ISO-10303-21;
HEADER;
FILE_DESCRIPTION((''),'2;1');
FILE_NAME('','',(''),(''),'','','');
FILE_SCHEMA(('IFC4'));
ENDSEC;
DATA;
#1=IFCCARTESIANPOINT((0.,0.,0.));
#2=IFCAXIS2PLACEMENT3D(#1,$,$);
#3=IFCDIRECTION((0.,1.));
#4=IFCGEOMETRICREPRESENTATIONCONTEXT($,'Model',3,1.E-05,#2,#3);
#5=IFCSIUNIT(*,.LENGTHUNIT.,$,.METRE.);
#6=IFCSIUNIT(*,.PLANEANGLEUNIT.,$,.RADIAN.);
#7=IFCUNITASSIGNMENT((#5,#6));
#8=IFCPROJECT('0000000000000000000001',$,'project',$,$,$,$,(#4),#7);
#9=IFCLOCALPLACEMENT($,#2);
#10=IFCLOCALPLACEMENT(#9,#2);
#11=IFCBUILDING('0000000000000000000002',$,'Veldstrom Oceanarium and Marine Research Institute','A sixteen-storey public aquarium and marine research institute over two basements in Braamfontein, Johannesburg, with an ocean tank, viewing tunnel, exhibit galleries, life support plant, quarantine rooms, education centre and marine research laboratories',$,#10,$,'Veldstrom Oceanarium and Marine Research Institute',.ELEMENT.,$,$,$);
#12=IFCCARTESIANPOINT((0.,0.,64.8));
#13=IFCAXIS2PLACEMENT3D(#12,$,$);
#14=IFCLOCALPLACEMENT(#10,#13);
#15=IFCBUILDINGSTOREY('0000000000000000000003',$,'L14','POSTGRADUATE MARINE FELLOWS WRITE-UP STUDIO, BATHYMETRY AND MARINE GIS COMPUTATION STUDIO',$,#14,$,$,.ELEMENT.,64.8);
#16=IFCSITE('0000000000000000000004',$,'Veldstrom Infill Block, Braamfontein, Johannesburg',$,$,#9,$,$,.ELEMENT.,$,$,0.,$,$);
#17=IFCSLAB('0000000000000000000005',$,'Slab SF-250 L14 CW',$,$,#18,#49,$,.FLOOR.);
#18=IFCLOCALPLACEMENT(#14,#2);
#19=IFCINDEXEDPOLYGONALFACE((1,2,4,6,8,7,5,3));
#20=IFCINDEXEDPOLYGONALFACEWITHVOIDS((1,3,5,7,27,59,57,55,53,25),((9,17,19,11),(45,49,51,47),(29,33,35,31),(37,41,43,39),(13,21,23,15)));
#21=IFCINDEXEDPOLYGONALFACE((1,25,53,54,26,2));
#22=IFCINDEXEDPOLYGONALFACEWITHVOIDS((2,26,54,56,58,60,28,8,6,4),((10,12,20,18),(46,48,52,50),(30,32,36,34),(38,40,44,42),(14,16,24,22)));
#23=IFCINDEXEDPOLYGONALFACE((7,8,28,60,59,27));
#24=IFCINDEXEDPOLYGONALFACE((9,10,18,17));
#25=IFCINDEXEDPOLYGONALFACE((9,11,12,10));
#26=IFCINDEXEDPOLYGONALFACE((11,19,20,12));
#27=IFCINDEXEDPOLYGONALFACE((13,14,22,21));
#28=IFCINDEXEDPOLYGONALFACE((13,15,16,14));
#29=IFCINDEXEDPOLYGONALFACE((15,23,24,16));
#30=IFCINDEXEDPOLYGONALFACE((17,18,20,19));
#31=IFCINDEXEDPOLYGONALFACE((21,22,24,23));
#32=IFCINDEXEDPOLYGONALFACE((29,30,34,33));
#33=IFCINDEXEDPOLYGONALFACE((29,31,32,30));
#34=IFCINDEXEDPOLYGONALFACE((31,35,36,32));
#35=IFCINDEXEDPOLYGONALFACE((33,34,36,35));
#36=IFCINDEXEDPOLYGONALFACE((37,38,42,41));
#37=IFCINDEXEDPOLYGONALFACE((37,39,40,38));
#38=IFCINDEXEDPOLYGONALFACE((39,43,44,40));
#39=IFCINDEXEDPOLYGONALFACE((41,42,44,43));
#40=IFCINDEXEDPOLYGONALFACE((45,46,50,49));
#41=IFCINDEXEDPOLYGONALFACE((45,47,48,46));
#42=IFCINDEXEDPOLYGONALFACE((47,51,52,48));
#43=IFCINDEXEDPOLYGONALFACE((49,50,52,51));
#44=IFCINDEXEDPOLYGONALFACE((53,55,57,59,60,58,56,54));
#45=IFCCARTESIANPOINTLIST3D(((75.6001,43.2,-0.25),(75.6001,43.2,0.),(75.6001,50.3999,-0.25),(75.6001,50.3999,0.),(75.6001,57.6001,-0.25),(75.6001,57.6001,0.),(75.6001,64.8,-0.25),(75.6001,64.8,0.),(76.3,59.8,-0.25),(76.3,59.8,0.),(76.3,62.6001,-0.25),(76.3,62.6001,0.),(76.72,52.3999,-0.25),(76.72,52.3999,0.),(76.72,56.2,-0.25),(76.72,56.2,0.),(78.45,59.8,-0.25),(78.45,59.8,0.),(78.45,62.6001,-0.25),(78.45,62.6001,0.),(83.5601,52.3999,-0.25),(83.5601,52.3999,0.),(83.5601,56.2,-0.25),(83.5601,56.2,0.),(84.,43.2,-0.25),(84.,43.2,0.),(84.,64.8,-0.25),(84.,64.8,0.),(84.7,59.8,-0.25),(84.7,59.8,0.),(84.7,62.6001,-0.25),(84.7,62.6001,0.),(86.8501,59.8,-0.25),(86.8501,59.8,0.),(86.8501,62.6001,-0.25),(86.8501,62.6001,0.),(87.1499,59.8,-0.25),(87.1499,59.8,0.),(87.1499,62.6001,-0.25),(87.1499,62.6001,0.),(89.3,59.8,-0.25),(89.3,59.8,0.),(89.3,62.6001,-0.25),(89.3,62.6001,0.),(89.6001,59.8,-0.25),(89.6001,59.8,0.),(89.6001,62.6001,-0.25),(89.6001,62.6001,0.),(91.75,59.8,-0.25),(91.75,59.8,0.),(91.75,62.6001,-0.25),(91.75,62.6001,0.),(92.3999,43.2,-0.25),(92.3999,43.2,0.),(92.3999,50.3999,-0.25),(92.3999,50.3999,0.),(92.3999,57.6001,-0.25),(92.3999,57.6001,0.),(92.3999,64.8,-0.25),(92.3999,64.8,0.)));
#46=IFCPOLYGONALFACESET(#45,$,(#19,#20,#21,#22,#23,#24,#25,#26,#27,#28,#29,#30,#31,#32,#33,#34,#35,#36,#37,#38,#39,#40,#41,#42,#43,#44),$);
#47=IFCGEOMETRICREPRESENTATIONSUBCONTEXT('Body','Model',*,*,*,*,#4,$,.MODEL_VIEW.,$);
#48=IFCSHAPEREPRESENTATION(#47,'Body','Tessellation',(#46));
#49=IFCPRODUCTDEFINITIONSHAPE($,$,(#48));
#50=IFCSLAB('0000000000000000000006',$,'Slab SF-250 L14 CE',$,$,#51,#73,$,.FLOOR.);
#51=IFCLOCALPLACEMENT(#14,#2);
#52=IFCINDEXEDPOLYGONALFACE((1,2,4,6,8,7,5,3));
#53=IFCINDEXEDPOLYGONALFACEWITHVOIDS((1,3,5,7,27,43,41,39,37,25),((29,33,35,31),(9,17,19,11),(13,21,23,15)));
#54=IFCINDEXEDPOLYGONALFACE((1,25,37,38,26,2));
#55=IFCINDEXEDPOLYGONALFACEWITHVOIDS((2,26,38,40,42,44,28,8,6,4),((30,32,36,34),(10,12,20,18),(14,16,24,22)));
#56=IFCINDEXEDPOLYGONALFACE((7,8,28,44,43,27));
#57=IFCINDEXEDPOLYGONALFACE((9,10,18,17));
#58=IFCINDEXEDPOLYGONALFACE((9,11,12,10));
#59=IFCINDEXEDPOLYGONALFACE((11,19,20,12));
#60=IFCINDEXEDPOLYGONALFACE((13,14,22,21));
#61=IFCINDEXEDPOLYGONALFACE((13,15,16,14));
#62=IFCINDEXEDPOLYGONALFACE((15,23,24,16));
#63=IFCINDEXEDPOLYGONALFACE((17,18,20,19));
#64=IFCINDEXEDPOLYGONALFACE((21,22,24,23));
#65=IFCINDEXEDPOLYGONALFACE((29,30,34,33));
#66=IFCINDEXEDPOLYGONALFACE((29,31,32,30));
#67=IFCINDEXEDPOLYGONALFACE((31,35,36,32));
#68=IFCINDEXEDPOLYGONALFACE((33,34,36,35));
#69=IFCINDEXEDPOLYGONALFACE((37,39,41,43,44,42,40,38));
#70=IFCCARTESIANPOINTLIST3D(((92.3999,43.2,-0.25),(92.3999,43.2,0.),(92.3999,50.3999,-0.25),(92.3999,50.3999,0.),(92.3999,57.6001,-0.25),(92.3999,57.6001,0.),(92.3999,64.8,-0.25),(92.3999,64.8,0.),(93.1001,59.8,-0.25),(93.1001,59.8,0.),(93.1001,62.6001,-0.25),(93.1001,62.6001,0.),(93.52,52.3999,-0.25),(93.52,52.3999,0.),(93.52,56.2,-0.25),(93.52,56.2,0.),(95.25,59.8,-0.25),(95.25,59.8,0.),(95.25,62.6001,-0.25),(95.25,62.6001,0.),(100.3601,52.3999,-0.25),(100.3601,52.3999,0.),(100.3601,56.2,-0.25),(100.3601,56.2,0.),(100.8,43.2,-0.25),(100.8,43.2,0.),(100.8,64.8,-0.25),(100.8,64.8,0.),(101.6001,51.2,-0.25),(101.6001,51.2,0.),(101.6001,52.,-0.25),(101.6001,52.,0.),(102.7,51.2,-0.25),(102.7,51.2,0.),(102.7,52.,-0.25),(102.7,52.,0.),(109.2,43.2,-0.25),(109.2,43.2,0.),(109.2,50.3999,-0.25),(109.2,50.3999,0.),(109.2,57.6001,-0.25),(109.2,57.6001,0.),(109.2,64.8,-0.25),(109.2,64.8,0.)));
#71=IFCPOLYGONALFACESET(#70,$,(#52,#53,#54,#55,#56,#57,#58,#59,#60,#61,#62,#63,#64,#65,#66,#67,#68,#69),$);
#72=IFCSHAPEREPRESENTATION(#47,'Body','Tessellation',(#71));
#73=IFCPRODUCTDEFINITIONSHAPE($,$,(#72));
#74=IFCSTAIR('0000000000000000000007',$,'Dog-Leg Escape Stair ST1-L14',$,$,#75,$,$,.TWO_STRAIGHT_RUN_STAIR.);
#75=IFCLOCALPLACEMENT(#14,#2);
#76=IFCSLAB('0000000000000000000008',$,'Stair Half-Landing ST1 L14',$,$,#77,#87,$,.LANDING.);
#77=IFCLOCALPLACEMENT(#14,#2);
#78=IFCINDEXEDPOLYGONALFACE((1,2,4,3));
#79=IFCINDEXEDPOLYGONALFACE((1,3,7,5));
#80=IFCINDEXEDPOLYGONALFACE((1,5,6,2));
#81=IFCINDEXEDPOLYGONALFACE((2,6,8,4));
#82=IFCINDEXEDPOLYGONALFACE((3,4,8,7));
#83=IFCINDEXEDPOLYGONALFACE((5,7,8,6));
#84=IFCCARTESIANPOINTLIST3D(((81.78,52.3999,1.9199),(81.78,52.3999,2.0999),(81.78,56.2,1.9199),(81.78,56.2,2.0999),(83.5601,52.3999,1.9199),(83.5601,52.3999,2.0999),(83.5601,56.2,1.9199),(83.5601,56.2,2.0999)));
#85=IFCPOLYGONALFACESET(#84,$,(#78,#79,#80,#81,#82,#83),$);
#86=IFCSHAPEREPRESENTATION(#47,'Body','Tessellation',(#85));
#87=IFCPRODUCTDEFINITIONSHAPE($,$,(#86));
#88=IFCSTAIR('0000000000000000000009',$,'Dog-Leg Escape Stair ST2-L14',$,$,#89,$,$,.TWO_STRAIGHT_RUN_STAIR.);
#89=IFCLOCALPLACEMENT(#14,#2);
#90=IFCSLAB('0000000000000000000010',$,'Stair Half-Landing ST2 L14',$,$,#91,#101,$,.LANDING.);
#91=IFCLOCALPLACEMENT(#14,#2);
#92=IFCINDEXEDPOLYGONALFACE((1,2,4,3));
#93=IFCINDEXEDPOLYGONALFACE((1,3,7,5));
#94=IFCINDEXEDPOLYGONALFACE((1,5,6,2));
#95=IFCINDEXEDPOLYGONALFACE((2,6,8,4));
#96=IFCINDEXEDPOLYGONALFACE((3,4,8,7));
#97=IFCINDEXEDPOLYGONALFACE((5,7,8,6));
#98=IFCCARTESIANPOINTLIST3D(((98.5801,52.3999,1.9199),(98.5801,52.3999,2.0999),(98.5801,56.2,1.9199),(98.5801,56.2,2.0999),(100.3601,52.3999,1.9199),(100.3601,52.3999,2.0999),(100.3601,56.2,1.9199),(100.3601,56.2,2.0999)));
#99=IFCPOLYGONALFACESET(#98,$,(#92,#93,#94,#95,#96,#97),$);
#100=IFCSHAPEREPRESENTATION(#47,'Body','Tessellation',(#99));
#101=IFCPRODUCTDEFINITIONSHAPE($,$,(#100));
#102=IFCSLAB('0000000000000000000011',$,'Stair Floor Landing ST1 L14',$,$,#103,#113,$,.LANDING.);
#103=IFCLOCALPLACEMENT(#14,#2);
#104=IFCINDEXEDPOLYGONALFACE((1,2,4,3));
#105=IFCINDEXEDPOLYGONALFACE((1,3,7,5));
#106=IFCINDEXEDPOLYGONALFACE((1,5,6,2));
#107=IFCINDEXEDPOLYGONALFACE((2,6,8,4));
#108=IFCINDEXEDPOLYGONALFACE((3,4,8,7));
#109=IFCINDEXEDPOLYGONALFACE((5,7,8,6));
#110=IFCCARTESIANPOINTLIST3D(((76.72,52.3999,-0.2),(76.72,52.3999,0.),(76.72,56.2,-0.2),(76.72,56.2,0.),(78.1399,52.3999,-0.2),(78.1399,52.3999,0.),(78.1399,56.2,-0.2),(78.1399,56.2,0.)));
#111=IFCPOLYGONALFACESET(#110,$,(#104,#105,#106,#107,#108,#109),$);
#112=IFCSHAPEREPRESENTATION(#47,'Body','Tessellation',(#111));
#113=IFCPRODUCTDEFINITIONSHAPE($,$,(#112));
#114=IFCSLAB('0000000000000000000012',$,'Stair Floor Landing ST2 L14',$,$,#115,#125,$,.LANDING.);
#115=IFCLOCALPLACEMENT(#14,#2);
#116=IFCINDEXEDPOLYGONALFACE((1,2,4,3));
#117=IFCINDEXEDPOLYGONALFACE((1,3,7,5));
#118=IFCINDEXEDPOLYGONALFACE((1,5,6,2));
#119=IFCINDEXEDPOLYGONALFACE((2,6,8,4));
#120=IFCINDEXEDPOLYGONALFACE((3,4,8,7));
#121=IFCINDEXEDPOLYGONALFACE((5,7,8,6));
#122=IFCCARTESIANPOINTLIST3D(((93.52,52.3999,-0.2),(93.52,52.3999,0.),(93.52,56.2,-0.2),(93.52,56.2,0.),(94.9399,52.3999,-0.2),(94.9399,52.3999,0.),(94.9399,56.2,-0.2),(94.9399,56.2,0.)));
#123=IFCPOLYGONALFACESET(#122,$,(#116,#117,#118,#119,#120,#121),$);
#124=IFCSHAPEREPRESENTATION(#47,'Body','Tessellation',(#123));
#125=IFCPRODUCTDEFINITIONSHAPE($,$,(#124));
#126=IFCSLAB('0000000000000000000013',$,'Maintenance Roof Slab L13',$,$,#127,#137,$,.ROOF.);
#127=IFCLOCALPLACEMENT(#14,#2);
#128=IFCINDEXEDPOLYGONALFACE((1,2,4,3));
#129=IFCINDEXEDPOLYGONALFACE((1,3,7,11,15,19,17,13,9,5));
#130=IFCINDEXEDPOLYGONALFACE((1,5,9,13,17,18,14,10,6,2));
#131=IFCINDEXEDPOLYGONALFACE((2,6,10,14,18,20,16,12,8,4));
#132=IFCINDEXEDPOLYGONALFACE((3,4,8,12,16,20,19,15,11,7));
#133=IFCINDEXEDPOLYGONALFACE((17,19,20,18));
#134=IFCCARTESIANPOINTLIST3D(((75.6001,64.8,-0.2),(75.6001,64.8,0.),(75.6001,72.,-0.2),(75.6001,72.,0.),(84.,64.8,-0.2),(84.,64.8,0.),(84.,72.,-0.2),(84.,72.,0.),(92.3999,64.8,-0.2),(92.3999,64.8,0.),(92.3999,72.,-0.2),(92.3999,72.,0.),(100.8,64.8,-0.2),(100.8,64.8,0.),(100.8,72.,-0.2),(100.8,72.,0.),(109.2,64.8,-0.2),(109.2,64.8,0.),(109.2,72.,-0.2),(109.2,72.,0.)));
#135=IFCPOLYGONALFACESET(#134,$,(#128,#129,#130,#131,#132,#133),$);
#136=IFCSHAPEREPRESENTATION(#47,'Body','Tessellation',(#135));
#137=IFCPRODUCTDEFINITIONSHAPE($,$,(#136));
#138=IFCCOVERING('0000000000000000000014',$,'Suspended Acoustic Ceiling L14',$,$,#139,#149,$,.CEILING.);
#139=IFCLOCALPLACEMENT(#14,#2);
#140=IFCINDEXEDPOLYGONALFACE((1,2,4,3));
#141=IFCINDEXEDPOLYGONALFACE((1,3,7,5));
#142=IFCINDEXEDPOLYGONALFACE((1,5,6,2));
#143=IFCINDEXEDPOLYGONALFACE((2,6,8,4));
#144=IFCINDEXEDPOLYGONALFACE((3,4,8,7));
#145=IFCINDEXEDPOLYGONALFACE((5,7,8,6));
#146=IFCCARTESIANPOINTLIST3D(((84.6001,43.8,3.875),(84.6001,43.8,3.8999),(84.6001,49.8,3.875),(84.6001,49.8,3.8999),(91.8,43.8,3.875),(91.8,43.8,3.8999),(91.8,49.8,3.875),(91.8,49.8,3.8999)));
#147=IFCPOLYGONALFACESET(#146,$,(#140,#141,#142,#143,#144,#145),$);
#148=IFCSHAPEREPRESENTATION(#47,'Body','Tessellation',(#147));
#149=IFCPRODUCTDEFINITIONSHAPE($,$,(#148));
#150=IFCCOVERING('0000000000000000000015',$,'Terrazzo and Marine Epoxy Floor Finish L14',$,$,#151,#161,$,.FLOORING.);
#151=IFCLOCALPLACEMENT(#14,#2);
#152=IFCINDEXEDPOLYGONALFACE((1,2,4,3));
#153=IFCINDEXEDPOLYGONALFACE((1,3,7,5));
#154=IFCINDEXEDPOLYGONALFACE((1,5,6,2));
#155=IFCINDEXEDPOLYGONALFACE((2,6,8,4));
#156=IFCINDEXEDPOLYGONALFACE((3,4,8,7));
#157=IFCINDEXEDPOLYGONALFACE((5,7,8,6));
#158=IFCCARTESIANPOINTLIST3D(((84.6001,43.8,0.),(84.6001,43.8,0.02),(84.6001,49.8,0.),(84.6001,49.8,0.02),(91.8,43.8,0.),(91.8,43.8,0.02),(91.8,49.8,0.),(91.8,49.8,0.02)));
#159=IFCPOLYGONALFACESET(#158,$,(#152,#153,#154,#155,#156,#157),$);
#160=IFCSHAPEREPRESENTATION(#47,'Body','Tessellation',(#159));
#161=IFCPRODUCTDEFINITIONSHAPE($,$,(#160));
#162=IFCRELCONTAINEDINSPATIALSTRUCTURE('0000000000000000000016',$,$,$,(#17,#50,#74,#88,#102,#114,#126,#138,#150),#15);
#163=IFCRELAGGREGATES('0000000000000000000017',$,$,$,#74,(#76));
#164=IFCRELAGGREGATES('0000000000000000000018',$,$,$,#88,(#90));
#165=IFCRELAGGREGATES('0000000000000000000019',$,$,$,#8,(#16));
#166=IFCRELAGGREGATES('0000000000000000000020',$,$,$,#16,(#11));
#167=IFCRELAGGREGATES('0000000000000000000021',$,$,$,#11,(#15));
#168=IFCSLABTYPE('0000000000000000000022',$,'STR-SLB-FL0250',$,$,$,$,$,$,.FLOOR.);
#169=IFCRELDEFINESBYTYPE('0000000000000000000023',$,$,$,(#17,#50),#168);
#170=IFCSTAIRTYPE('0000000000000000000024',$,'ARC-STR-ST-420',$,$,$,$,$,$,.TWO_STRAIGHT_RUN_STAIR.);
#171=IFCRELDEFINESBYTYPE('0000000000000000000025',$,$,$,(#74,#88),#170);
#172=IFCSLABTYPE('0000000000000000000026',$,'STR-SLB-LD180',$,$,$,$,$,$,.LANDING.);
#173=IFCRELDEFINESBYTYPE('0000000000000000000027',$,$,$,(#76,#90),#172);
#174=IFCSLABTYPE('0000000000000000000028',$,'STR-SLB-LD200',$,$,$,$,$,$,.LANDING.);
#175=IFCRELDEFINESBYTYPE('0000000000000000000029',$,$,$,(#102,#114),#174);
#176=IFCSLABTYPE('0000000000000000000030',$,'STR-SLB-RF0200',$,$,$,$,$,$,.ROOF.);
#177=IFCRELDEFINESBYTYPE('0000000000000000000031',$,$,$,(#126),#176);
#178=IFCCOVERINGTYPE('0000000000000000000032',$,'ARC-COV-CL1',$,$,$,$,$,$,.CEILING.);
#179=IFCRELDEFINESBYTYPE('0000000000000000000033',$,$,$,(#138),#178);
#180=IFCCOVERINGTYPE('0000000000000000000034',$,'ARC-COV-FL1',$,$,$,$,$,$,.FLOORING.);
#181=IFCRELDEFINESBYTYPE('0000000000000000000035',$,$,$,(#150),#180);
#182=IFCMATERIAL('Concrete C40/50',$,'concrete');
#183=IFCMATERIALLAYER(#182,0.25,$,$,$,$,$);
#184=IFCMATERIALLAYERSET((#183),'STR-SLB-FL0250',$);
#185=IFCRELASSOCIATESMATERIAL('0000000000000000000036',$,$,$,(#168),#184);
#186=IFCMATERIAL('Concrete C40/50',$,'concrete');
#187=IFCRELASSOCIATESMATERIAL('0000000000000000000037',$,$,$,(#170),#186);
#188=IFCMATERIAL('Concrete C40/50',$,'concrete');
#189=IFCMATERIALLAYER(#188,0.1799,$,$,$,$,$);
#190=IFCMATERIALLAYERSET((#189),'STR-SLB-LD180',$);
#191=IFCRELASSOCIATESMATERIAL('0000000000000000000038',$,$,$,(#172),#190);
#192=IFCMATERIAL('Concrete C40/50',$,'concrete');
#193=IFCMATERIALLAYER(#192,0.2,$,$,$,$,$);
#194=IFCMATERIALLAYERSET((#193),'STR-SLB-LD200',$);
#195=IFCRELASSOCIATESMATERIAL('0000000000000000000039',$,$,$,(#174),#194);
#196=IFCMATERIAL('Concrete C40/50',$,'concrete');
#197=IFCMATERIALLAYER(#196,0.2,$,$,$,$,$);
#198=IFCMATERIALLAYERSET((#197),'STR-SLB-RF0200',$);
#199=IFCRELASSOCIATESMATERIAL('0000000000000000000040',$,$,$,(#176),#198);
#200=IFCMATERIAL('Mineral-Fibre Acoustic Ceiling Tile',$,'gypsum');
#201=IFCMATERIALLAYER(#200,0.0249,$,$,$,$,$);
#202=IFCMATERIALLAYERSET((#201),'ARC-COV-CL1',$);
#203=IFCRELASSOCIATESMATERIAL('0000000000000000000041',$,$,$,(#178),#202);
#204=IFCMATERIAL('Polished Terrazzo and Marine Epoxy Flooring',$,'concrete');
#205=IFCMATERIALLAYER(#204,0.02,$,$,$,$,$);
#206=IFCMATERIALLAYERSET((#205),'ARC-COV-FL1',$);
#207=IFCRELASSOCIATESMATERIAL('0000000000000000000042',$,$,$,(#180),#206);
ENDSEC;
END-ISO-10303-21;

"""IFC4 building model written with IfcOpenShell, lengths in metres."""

from ifc_helpers import new_model, si_unit, direction, frame, origin, place, context, subcontext, project, spatial, polyline, outline, extrude, material, layer, layer_set, type_object, element, aggregate, save


model = new_model("IFC4")

# Units and contexts
model_context = context("Model", 3, precision=1e-05, world=origin(), true_north=direction((0.0, 1.0)))
body_context = subcontext(model_context, "Body", "Model", "MODEL_VIEW")
ifc_project = project(units=[si_unit("LENGTHUNIT", "METRE"), si_unit("PLANEANGLEUNIT", "RADIAN")], contexts=[model_context])

# Site, building, storey
site_placement = place(None, origin())
site = spatial("IfcSite", under=ifc_project, at=site_placement, Name="Veldstrom Infill Block, Braamfontein, Johannesburg", CompositionType="ELEMENT", RefElevation=0.0)
building_placement = place(site_placement, origin())
building = spatial("IfcBuilding", under=site, at=building_placement, Name="Veldstrom Oceanarium and Marine Research Institute", Description="A sixteen-storey public aquarium and marine research institute over two basements in Braamfontein, Johannesburg, with an ocean tank, viewing tunnel, exhibit galleries, life support plant, quarantine rooms, education centre and marine research laboratories", LongName="Veldstrom Oceanarium and Marine Research Institute", CompositionType="ELEMENT")
storey_placement = place(building_placement, frame((0.0, 0.0, 64.8)))
storey = spatial("IfcBuildingStorey", under=building, at=storey_placement, Name="L14", Description="POSTGRADUATE MARINE FELLOWS WRITE-UP STUDIO, BATHYMETRY AND MARINE GIS COMPUTATION STUDIO", CompositionType="ELEMENT", Elevation=64.8)

# Slabs
ifc_material_1 = material(Name="Concrete C40/50", Category="concrete")
ifc_layer_1 = layer(ifc_material_1, 0.25)
ifc_layer_set_1 = layer_set([ifc_layer_1], Name="STR-SLB-FL0250")
slab_type_1 = type_object("IfcSlabType", Name="STR-SLB-FL0250", PredefinedType="FLOOR", material=ifc_layer_set_1)
slab_1_placement = place(storey_placement, frame((0.0, 0.0, -0.25)))
element("IfcSlab", 1, at=slab_1_placement, inside=storey, type_object=slab_type_1, Name="Slab SF-250 L14 CW", PredefinedType="FLOOR", context=body_context, shape_type="SweptSolid", body=[
    extrude(outline(polyline([(92.3999, 43.2), (84.0, 43.2), (75.6001, 43.2), (75.6001, 50.3999), (75.6001, 57.6001), (75.6001, 64.8), (84.0, 64.8), (92.3999, 64.8), (92.3999, 57.6001), (92.3999, 50.3999), (92.3999, 43.2)]), holes=[polyline([(76.72, 52.3999), (83.5601, 52.3999), (83.5601, 56.2), (76.72, 56.2), (76.72, 52.3999)]), polyline([(78.45, 62.6001), (76.3, 62.6001), (76.3, 59.8), (78.45, 59.8), (78.45, 62.6001)]), polyline([(84.7, 59.8), (86.8501, 59.8), (86.8501, 62.6001), (84.7, 62.6001), (84.7, 59.8)]), polyline([(87.1499, 62.6001), (87.1499, 59.8), (89.3, 59.8), (89.3, 62.6001), (87.1499, 62.6001)]), polyline([(91.75, 62.6001), (89.6001, 62.6001), (89.6001, 59.8), (91.75, 59.8), (91.75, 62.6001)])]), origin(), (0.0, 0.0, 1.0), 0.25),
])
slab_2_placement = place(storey_placement, frame((0.0, 0.0, -0.25)))
element("IfcSlab", 2, at=slab_2_placement, inside=storey, type_object=slab_type_1, Name="Slab SF-250 L14 CE", PredefinedType="FLOOR", context=body_context, shape_type="SweptSolid", body=[
    extrude(outline(polyline([(100.8, 43.2), (92.3999, 43.2), (92.3999, 50.3999), (92.3999, 57.6001), (92.3999, 64.8), (100.8, 64.8), (109.2, 64.8), (109.2, 57.6001), (109.2, 50.3999), (109.2, 43.2), (100.8, 43.2)]), holes=[polyline([(93.52, 52.3999), (100.3601, 52.3999), (100.3601, 56.2), (93.52, 56.2), (93.52, 52.3999)]), polyline([(95.25, 62.6001), (93.1001, 62.6001), (93.1001, 59.8), (95.25, 59.8), (95.25, 62.6001)]), polyline([(102.7, 52.0), (101.6001, 52.0), (101.6001, 51.2), (102.7, 51.2), (102.7, 52.0)])]), origin(), (0.0, 0.0, 1.0), 0.25),
])

# Stairs, slabs
ifc_material_2 = material(Name="Concrete C40/50", Category="concrete")
stair_type = type_object("IfcStairType", Name="ARC-STR-ST-420", PredefinedType="TWO_STRAIGHT_RUN_STAIR", material=ifc_material_2)
stair_1_placement = place(storey_placement, origin())
stair_1 = element("IfcStair", 3, at=stair_1_placement, inside=storey, type_object=stair_type, Name="Dog-Leg Escape Stair ST1-L14", PredefinedType="TWO_STRAIGHT_RUN_STAIR")
ifc_material_3 = material(Name="Concrete C40/50", Category="concrete")
ifc_layer_2 = layer(ifc_material_3, 0.1799)
ifc_layer_set_2 = layer_set([ifc_layer_2], Name="STR-SLB-LD180")
slab_type_2 = type_object("IfcSlabType", Name="STR-SLB-LD180", PredefinedType="LANDING", material=ifc_layer_set_2)
slab_3_placement = place(storey_placement, frame((0.0, 0.0, 1.9199)))
slab_3 = element("IfcSlab", 4, at=slab_3_placement, type_object=slab_type_2, Name="Stair Half-Landing ST1 L14", PredefinedType="LANDING", context=body_context, shape_type="SweptSolid", body=[
    extrude(outline(polyline([(81.78, 52.3999), (83.5601, 52.3999), (83.5601, 56.2), (81.78, 56.2), (81.78, 52.3999)])), origin(), (0.0, 0.0, 1.0), 0.1799),
])
aggregate(stair_1, [slab_3])
stair_2_placement = place(storey_placement, origin())
stair_2 = element("IfcStair", 5, at=stair_2_placement, inside=storey, type_object=stair_type, Name="Dog-Leg Escape Stair ST2-L14", PredefinedType="TWO_STRAIGHT_RUN_STAIR")
slab_4_placement = place(storey_placement, frame((0.0, 0.0, 1.9199)))
slab_4 = element("IfcSlab", 6, at=slab_4_placement, type_object=slab_type_2, Name="Stair Half-Landing ST2 L14", PredefinedType="LANDING", context=body_context, shape_type="SweptSolid", body=[
    extrude(outline(polyline([(98.5801, 52.3999), (100.3601, 52.3999), (100.3601, 56.2), (98.5801, 56.2), (98.5801, 52.3999)])), origin(), (0.0, 0.0, 1.0), 0.1799),
])
aggregate(stair_2, [slab_4])

# Slabs
ifc_material_4 = material(Name="Concrete C40/50", Category="concrete")
ifc_layer_3 = layer(ifc_material_4, 0.2)
ifc_layer_set_3 = layer_set([ifc_layer_3], Name="STR-SLB-LD200")
slab_type_3 = type_object("IfcSlabType", Name="STR-SLB-LD200", PredefinedType="LANDING", material=ifc_layer_set_3)
slab_5_placement = place(storey_placement, frame((0.0, 0.0, -0.2)))
element("IfcSlab", 7, at=slab_5_placement, inside=storey, type_object=slab_type_3, Name="Stair Floor Landing ST1 L14", PredefinedType="LANDING", context=body_context, shape_type="SweptSolid", body=[
    extrude(outline(polyline([(76.72, 52.3999), (78.1399, 52.3999), (78.1399, 56.2), (76.72, 56.2), (76.72, 52.3999)])), origin(), (0.0, 0.0, 1.0), 0.2),
])
slab_6_placement = place(storey_placement, frame((0.0, 0.0, -0.2)))
element("IfcSlab", 8, at=slab_6_placement, inside=storey, type_object=slab_type_3, Name="Stair Floor Landing ST2 L14", PredefinedType="LANDING", context=body_context, shape_type="SweptSolid", body=[
    extrude(outline(polyline([(93.52, 52.3999), (94.9399, 52.3999), (94.9399, 56.2), (93.52, 56.2), (93.52, 52.3999)])), origin(), (0.0, 0.0, 1.0), 0.2),
])
ifc_material_5 = material(Name="Concrete C40/50", Category="concrete")
ifc_layer_4 = layer(ifc_material_5, 0.2)
ifc_layer_set_4 = layer_set([ifc_layer_4], Name="STR-SLB-RF0200")
slab_type_4 = type_object("IfcSlabType", Name="STR-SLB-RF0200", PredefinedType="ROOF", material=ifc_layer_set_4)
slab_7_placement = place(storey_placement, frame((0.0, 0.0, -0.2)))
element("IfcSlab", 9, at=slab_7_placement, inside=storey, type_object=slab_type_4, Name="Maintenance Roof Slab L13", PredefinedType="ROOF", context=body_context, shape_type="SweptSolid", body=[
    extrude(outline(polyline([(75.6001, 72.0), (84.0, 72.0), (92.3999, 72.0), (100.8, 72.0), (109.2, 72.0), (109.2, 64.8), (100.8, 64.8), (92.3999, 64.8), (84.0, 64.8), (75.6001, 64.8), (75.6001, 72.0)])), origin(), (0.0, 0.0, 1.0), 0.2),
])

# Coverings
ifc_material_6 = material(Name="Mineral-Fibre Acoustic Ceiling Tile", Category="gypsum")
ifc_layer_5 = layer(ifc_material_6, 0.0249)
ifc_layer_set_5 = layer_set([ifc_layer_5], Name="ARC-COV-CL1")
covering_type_1 = type_object("IfcCoveringType", Name="ARC-COV-CL1", PredefinedType="CEILING", material=ifc_layer_set_5)
covering_1_placement = place(storey_placement, frame((0.0, 0.0, 3.875)))
element("IfcCovering", 10, at=covering_1_placement, inside=storey, type_object=covering_type_1, Name="Suspended Acoustic Ceiling L14", PredefinedType="CEILING", context=body_context, shape_type="SweptSolid", body=[
    extrude(outline(polyline([(84.6001, 43.8), (91.8, 43.8), (91.8, 49.8), (84.6001, 49.8), (84.6001, 43.8)])), origin(), (0.0, 0.0, 1.0), 0.0249),
])
ifc_material_7 = material(Name="Polished Terrazzo and Marine Epoxy Flooring", Category="concrete")
ifc_layer_6 = layer(ifc_material_7, 0.02)
ifc_layer_set_6 = layer_set([ifc_layer_6], Name="ARC-COV-FL1")
covering_type_2 = type_object("IfcCoveringType", Name="ARC-COV-FL1", PredefinedType="FLOORING", material=ifc_layer_set_6)
covering_2_placement = place(storey_placement, origin())
element("IfcCovering", 11, at=covering_2_placement, inside=storey, type_object=covering_type_2, Name="Terrazzo and Marine Epoxy Floor Finish L14", PredefinedType="FLOORING", context=body_context, shape_type="SweptSolid", body=[
    extrude(outline(polyline([(84.6001, 43.8), (91.8, 43.8), (91.8, 49.8), (84.6001, 49.8), (84.6001, 43.8)])), origin(), (0.0, 0.0, 1.0), 0.02),
])

save(model, "model.ifc")
